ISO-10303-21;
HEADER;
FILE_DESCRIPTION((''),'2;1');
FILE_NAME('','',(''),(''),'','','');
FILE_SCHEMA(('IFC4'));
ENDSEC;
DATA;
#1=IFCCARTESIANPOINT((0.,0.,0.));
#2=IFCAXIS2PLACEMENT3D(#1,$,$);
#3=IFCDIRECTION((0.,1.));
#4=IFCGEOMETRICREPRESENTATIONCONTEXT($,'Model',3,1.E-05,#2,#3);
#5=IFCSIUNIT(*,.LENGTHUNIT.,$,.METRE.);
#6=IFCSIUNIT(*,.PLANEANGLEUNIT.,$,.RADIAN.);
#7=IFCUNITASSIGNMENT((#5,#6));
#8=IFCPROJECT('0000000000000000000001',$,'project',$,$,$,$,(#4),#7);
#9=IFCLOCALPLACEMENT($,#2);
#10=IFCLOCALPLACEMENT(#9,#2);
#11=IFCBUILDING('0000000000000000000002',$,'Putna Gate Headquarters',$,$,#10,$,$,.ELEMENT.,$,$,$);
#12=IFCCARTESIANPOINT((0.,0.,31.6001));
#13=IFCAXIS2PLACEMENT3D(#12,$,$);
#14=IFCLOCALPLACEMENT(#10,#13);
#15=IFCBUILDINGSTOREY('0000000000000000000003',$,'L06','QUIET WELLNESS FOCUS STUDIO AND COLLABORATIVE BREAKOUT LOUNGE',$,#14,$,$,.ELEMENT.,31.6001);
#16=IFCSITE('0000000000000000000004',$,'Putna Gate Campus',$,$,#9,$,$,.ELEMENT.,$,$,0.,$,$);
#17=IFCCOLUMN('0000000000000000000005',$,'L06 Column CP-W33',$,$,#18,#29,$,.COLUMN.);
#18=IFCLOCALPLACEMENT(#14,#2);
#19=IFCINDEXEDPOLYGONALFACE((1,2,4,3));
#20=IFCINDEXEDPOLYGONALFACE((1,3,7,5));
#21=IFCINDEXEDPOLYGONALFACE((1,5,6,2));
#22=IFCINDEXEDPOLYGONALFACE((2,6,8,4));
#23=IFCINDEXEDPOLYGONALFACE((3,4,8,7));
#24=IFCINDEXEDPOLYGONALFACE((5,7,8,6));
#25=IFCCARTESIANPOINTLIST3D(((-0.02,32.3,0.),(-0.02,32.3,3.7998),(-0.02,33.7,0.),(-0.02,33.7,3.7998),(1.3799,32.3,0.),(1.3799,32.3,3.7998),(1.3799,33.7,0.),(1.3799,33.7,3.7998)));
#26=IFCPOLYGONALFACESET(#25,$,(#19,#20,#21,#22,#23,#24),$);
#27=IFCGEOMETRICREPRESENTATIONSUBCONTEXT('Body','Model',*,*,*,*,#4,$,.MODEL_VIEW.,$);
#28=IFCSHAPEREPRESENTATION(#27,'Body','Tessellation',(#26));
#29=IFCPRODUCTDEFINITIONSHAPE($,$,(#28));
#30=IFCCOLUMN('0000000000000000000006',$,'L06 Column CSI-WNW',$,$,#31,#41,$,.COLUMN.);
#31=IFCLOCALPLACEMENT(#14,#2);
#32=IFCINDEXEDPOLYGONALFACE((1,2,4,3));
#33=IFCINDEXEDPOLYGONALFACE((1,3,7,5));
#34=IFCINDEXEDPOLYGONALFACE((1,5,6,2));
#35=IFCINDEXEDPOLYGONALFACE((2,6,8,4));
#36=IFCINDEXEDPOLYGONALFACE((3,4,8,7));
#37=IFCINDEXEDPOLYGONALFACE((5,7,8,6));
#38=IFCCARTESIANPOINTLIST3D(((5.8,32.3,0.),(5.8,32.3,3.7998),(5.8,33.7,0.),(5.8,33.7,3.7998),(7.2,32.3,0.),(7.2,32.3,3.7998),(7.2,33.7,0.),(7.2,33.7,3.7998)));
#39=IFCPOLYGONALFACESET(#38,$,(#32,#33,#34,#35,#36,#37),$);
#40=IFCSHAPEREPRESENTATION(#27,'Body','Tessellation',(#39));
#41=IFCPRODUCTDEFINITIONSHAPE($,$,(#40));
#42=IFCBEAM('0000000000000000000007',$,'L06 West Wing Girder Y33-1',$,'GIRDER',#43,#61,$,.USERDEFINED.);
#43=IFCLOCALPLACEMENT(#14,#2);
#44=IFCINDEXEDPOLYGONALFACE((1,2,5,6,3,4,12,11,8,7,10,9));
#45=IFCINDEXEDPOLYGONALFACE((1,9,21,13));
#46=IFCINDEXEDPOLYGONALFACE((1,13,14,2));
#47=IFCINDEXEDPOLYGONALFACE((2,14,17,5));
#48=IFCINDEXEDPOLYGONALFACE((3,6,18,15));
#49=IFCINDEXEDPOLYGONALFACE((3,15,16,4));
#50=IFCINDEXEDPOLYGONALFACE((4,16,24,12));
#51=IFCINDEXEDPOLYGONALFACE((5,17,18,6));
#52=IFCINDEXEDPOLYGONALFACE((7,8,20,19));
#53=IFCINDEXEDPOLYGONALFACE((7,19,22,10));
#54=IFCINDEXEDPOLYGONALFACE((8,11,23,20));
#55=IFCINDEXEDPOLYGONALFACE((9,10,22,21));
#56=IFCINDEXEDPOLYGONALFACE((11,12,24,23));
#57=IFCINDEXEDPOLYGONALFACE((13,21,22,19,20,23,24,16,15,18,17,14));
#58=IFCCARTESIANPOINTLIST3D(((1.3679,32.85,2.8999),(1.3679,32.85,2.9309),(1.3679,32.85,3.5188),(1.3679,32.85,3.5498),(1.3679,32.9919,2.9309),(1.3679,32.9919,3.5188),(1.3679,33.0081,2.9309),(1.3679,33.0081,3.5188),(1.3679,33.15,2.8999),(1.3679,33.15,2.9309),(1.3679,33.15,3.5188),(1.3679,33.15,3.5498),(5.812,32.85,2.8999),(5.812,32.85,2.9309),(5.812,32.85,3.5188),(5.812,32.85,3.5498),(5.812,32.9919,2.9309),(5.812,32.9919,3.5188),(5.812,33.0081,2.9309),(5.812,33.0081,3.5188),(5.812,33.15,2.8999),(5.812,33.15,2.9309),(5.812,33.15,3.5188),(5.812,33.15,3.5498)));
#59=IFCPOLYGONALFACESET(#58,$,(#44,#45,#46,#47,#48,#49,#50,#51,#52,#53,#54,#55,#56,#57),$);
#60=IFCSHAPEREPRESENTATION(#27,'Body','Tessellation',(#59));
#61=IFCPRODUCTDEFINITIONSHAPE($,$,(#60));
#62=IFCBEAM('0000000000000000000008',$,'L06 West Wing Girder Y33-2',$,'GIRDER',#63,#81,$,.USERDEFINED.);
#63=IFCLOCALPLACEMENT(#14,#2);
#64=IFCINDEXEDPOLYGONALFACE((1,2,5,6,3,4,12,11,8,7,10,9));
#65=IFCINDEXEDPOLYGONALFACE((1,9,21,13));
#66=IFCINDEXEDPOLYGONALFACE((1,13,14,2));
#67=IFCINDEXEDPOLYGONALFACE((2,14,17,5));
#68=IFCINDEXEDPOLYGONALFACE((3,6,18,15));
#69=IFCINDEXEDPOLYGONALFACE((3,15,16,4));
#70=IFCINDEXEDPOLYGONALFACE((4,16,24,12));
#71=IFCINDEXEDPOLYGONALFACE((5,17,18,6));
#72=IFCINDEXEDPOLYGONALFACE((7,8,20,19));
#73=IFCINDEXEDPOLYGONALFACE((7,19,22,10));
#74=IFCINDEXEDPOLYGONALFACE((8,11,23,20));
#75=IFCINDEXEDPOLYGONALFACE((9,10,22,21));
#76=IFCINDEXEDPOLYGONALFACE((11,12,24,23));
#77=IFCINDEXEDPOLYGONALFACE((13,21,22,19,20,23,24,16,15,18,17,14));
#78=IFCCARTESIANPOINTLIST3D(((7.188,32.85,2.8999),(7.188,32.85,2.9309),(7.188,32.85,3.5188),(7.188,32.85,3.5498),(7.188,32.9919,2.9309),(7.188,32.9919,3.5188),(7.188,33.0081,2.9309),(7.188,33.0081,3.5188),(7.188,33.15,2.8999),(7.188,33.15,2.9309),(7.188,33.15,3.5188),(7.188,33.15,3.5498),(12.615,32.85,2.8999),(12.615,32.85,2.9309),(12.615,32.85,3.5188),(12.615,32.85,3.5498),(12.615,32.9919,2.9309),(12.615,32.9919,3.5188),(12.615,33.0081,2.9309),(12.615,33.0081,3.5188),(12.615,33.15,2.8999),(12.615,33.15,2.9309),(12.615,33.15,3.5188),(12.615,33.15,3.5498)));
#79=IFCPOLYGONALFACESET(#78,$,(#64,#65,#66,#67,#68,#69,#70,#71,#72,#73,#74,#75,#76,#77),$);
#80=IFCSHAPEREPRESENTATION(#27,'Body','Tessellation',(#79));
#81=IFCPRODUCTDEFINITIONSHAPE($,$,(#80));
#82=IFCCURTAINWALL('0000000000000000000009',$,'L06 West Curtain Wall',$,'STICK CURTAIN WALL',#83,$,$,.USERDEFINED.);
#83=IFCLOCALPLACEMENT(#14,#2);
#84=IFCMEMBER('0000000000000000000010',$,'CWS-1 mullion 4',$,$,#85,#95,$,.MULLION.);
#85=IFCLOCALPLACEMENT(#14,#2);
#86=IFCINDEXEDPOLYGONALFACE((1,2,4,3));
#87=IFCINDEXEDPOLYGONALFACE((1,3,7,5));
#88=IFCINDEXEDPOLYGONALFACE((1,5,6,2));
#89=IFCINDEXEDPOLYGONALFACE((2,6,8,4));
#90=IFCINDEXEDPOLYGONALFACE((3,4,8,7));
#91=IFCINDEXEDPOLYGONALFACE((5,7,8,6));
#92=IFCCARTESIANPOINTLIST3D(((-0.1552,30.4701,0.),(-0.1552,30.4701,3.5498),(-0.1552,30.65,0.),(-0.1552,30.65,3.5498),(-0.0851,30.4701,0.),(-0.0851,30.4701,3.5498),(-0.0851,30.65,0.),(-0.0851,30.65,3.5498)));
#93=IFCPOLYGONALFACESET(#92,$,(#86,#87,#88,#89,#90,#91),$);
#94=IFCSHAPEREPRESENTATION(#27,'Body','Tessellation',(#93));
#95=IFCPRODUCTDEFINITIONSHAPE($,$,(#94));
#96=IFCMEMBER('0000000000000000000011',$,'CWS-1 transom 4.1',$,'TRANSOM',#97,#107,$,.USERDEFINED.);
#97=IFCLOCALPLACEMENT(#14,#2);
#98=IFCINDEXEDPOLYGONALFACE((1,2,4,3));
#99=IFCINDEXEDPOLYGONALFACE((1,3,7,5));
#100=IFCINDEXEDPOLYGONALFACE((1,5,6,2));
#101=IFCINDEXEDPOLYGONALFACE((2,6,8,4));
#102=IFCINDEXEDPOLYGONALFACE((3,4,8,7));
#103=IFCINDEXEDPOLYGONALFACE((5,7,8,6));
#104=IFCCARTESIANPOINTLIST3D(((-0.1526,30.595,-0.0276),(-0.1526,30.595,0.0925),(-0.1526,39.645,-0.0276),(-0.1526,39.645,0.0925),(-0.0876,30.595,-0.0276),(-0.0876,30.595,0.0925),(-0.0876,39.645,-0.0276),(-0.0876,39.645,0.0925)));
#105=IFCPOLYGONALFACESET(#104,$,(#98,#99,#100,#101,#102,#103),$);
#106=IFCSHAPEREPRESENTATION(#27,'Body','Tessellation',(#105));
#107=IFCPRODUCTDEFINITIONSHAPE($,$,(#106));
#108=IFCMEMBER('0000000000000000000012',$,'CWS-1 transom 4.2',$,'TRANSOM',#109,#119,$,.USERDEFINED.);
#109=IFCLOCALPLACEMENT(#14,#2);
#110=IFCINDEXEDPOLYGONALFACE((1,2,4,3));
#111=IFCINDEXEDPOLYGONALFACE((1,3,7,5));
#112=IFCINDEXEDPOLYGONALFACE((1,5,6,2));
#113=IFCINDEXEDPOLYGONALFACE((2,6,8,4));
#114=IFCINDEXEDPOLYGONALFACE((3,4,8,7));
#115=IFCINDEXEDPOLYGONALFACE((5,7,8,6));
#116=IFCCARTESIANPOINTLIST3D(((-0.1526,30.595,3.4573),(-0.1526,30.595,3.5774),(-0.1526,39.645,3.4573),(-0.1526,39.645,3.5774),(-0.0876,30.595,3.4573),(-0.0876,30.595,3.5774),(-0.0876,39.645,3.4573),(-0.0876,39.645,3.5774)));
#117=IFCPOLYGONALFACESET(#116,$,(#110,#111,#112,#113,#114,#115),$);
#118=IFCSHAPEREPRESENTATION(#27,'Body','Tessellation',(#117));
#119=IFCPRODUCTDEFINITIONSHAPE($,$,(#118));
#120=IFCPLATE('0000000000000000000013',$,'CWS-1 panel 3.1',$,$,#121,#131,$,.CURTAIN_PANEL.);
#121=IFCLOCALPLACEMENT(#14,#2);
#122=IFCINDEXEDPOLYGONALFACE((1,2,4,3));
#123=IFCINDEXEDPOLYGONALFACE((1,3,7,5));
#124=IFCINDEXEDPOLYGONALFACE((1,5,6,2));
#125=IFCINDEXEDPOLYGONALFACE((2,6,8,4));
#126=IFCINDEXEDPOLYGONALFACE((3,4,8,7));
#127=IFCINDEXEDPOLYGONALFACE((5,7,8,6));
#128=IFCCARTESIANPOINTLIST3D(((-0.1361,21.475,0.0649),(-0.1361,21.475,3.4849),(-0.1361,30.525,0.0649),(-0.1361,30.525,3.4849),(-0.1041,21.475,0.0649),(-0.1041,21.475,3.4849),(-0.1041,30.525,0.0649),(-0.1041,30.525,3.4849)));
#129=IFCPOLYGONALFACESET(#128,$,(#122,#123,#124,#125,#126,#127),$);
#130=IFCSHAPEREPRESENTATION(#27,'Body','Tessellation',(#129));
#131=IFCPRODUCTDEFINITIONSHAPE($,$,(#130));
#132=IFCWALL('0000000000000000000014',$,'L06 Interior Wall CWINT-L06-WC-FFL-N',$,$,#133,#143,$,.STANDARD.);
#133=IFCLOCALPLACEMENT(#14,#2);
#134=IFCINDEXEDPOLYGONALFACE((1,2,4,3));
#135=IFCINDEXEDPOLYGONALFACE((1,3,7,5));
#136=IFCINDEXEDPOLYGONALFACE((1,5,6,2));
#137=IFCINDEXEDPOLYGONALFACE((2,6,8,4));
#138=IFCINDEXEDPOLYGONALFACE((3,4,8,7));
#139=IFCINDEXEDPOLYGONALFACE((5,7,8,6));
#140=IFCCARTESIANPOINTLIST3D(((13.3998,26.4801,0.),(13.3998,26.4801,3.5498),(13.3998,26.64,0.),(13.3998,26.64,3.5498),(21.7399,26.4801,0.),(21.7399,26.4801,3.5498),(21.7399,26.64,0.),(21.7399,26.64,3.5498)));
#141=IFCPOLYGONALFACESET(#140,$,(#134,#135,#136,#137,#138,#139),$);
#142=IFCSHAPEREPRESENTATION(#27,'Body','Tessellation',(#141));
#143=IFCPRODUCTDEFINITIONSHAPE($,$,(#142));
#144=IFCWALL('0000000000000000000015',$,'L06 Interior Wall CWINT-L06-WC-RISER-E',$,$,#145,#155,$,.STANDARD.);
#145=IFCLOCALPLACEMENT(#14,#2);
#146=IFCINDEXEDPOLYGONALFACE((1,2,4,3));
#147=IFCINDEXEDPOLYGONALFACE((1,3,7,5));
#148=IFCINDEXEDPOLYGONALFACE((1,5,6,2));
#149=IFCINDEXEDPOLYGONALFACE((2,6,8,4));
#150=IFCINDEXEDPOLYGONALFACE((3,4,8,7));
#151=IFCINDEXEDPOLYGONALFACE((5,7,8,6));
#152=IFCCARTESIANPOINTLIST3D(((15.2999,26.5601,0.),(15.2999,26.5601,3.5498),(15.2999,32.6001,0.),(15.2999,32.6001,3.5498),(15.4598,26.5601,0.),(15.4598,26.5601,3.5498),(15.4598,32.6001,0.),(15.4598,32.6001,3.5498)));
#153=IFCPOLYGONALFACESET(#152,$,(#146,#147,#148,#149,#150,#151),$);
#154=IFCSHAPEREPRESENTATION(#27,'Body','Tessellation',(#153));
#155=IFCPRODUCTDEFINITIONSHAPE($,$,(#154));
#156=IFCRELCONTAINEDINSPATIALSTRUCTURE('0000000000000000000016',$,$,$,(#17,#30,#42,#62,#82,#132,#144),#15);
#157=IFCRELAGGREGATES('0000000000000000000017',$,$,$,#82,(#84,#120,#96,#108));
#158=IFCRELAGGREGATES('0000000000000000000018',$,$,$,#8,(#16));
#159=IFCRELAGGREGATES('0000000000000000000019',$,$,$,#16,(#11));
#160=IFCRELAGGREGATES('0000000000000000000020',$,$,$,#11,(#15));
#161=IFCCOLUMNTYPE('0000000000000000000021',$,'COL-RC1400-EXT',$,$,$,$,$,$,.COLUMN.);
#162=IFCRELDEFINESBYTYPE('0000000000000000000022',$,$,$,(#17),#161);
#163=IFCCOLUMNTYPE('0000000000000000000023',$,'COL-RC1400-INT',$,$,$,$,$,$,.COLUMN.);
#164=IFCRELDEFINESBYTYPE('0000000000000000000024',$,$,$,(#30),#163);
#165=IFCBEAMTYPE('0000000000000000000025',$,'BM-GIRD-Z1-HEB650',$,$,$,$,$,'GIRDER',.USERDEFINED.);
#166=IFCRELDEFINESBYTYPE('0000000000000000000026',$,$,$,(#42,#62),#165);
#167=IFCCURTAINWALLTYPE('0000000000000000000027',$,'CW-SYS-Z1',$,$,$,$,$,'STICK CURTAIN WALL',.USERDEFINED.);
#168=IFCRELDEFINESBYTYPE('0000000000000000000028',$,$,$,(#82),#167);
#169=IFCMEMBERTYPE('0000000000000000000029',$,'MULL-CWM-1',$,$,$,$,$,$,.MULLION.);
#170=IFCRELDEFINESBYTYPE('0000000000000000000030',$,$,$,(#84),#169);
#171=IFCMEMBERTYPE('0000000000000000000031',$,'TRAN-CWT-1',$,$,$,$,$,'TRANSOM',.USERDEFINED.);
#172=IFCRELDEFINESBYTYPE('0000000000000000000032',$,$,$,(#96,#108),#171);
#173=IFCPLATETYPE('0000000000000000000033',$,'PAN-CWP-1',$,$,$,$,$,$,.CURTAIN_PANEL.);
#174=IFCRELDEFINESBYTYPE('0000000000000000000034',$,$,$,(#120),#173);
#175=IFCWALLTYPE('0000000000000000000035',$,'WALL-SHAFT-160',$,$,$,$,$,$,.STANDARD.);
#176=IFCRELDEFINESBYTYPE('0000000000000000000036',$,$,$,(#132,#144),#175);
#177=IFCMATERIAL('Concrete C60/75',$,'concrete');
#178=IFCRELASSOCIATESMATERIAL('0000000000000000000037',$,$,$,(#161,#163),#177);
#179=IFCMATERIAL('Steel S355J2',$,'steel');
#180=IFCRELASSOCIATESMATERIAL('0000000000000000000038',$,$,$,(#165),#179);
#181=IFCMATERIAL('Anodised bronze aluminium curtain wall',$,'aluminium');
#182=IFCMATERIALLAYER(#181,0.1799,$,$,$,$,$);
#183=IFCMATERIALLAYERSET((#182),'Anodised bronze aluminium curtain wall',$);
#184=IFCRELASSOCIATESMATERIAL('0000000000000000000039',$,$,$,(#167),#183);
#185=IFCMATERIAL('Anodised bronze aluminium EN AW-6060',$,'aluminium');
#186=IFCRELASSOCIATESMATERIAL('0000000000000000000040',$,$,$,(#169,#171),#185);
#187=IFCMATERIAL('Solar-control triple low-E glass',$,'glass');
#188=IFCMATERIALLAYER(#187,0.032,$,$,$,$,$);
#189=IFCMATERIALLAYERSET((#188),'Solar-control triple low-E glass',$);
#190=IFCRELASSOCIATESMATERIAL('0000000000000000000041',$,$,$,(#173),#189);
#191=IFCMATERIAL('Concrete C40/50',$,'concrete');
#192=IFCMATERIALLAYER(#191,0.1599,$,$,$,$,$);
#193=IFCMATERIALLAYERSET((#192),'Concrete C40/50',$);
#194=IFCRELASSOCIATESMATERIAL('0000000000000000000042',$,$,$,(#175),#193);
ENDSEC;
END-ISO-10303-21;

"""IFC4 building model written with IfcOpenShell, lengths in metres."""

from ifc_helpers import new_model, si_unit, direction, frame, frame_2d, origin, origin_2d, place, context, subcontext, project, spatial, rectangle, i_section, extrude, material, layer, layer_set, material_profile, profile_set, type_object, element, aggregate, save


model = new_model("IFC4")

# Units and contexts
model_context = context("Model", 3, precision=1e-05, world=origin(), true_north=direction((0.0, 1.0)))
body_context = subcontext(model_context, "Body", "Model", "MODEL_VIEW")
ifc_project = project(units=[si_unit("LENGTHUNIT", "METRE"), si_unit("PLANEANGLEUNIT", "RADIAN")], contexts=[model_context])

# Site, building, storey
site_placement = place(None, origin())
site = spatial("IfcSite", under=ifc_project, at=site_placement, Name="Putna Gate Campus", CompositionType="ELEMENT", RefElevation=0.0)
building_placement = place(site_placement, origin())
building = spatial("IfcBuilding", under=site, at=building_placement, Name="Putna Gate Headquarters", CompositionType="ELEMENT")
storey_placement = place(building_placement, frame((0.0, 0.0, 31.6001)))
storey = spatial("IfcBuildingStorey", under=building, at=storey_placement, Name="L06", Description="QUIET WELLNESS FOCUS STUDIO AND COLLABORATIVE BREAKOUT LOUNGE", CompositionType="ELEMENT", Elevation=31.6001)

# Columns
ifc_material_1 = material(Name="Concrete C60/75", Category="concrete")
ifc_material_profile_1 = material_profile(ifc_material_1, rectangle(XDim=1.3999, YDim=1.3999, at=origin_2d()), Name="Concrete C60/75")
ifc_profile_set_1 = profile_set([ifc_material_profile_1], Name="Concrete C60/75")
column_type_1 = type_object("IfcColumnType", Name="COL-RC1400-EXT", PredefinedType="COLUMN", material=ifc_profile_set_1)
column_1_placement = place(storey_placement, frame((0.6799, 33.0, 0.0), z_axis=(0.0, 0.0, 1.0), x_axis=(1.0, 0.0, 0.0)))
element("IfcColumn", 1, at=column_1_placement, inside=storey, type_object=column_type_1, Name="L06 Column CP-W33", PredefinedType="COLUMN", context=body_context, shape_type="SweptSolid", body=[
    extrude(rectangle(XDim=1.3999, YDim=1.3999, at=origin_2d()), origin(), (0.0, 0.0, 1.0), 3.7998),
])
ifc_material_profile_2 = material_profile(ifc_material_1, rectangle(XDim=1.3999, YDim=1.3999, at=origin_2d()), Name="Concrete C60/75")
ifc_profile_set_2 = profile_set([ifc_material_profile_2], Name="Concrete C60/75")
column_type_2 = type_object("IfcColumnType", Name="COL-RC1400-INT", PredefinedType="COLUMN", material=ifc_profile_set_2)
column_2_placement = place(storey_placement, frame((6.5, 33.0, 0.0), z_axis=(0.0, 0.0, 1.0), x_axis=(1.0, 0.0, 0.0)))
element("IfcColumn", 2, at=column_2_placement, inside=storey, type_object=column_type_2, Name="L06 Column CSI-WNW", PredefinedType="COLUMN", context=body_context, shape_type="SweptSolid", body=[
    extrude(rectangle(XDim=1.3999, YDim=1.3999, at=origin_2d()), origin(), (0.0, 0.0, 1.0), 3.7998),
])

# Beams
ifc_material_2 = material(Name="Steel S355J2", Category="steel")
ifc_material_profile_3 = material_profile(ifc_material_2, i_section(OverallWidth=0.3, OverallDepth=0.6499, WebThickness=0.0161, FlangeThickness=0.031, at=origin_2d()), Name="Steel S355J2")
ifc_profile_set_3 = profile_set([ifc_material_profile_3], Name="Steel S355J2")
beam_type = type_object("IfcBeamType", Name="BM-GIRD-Z1-HEB650", ElementType="GIRDER", PredefinedType="USERDEFINED", material=ifc_profile_set_3)
beam_1_placement = place(storey_placement, frame((1.3679, 33.0, 3.2249), z_axis=(1.0, 0.0, 0.0), x_axis=(0.0, 1.0, 0.0)))
element("IfcBeam", 3, at=beam_1_placement, inside=storey, type_object=beam_type, Name="L06 West Wing Girder Y33-1", ObjectType="GIRDER", PredefinedType="USERDEFINED", context=body_context, shape_type="SweptSolid", body=[
    extrude(i_section(OverallWidth=0.3, OverallDepth=0.6499, WebThickness=0.0161, FlangeThickness=0.031, at=origin_2d()), origin(), (0.0, 0.0, 1.0), 4.4441),
])
beam_2_placement = place(storey_placement, frame((7.188, 33.0, 3.2249), z_axis=(1.0, 0.0, 0.0), x_axis=(0.0, 1.0, 0.0)))
element("IfcBeam", 4, at=beam_2_placement, inside=storey, type_object=beam_type, Name="L06 West Wing Girder Y33-2", ObjectType="GIRDER", PredefinedType="USERDEFINED", context=body_context, shape_type="SweptSolid", body=[
    extrude(i_section(OverallWidth=0.3, OverallDepth=0.6499, WebThickness=0.0161, FlangeThickness=0.031, at=origin_2d()), origin(), (0.0, 0.0, 1.0), 5.427),
])

# Curtain wall, members, plate
ifc_material_3 = material(Name="Anodised bronze aluminium curtain wall", Category="aluminium")
ifc_layer_1 = layer(ifc_material_3, 0.1799)
ifc_layer_set_1 = layer_set([ifc_layer_1], Name="Anodised bronze aluminium curtain wall")
curtain_wall_type = type_object("IfcCurtainWallType", Name="CW-SYS-Z1", ElementType="STICK CURTAIN WALL", PredefinedType="USERDEFINED", material=ifc_layer_set_1)
curtain_wall_placement = place(storey_placement, origin())
curtain_wall = element("IfcCurtainWall", 5, at=curtain_wall_placement, inside=storey, type_object=curtain_wall_type, Name="L06 West Curtain Wall", ObjectType="STICK CURTAIN WALL", PredefinedType="USERDEFINED")
ifc_material_4 = material(Name="Anodised bronze aluminium EN AW-6060", Category="aluminium")
ifc_material_profile_4 = material_profile(ifc_material_4, rectangle(XDim=0.0701, YDim=0.1799, at=origin_2d()), Name="Anodised bronze aluminium EN AW-6060")
ifc_profile_set_4 = profile_set([ifc_material_profile_4], Name="Anodised bronze aluminium EN AW-6060")
member_type_1 = type_object("IfcMemberType", Name="MULL-CWM-1", PredefinedType="MULLION", material=ifc_profile_set_4)
member_1_placement = place(storey_placement, frame((-0.1201, 30.5601, 0.0), z_axis=(0.0, 0.0, 1.0), x_axis=(-1.0, 0.0, 0.0)))
member_1 = element("IfcMember", 6, at=member_1_placement, type_object=member_type_1, Name="CWS-1 mullion 4", PredefinedType="MULLION", context=body_context, shape_type="SweptSolid", body=[
    extrude(rectangle(XDim=0.0701, YDim=0.1799, at=origin_2d()), origin(), (0.0, 0.0, 1.0), 3.5498),
])
ifc_material_profile_5 = material_profile(ifc_material_4, rectangle(XDim=0.0649, YDim=0.1201, at=origin_2d()), Name="Anodised bronze aluminium EN AW-6060")
ifc_profile_set_5 = profile_set([ifc_material_profile_5], Name="Anodised bronze aluminium EN AW-6060")
member_type_2 = type_object("IfcMemberType", Name="TRAN-CWT-1", ElementType="TRANSOM", PredefinedType="USERDEFINED", material=ifc_profile_set_5)
member_2_placement = place(storey_placement, frame((-0.1201, 30.595, 0.0325), z_axis=(0.0, 1.0, 0.0), x_axis=(-1.0, 0.0, 0.0)))
member_2 = element("IfcMember", 7, at=member_2_placement, type_object=member_type_2, Name="CWS-1 transom 4.1", ObjectType="TRANSOM", PredefinedType="USERDEFINED", context=body_context, shape_type="SweptSolid", body=[
    extrude(rectangle(XDim=0.0649, YDim=0.1201, at=origin_2d()), origin(), (0.0, 0.0, 1.0), 9.05),
])
member_3_placement = place(storey_placement, frame((-0.1201, 30.595, 3.5173), z_axis=(0.0, 1.0, 0.0), x_axis=(-1.0, 0.0, 0.0)))
member_3 = element("IfcMember", 8, at=member_3_placement, type_object=member_type_2, Name="CWS-1 transom 4.2", ObjectType="TRANSOM", PredefinedType="USERDEFINED", context=body_context, shape_type="SweptSolid", body=[
    extrude(rectangle(XDim=0.0649, YDim=0.1201, at=origin_2d()), origin(), (0.0, 0.0, 1.0), 9.05),
])
ifc_material_5 = material(Name="Solar-control triple low-E glass", Category="glass")
ifc_layer_2 = layer(ifc_material_5, 0.032)
ifc_layer_set_2 = layer_set([ifc_layer_2], Name="Solar-control triple low-E glass")
plate_type = type_object("IfcPlateType", Name="PAN-CWP-1", PredefinedType="CURTAIN_PANEL", material=ifc_layer_set_2)
plate_placement = place(storey_placement, frame((-0.1201, 26.0, 0.0649), z_axis=(0.0, 0.0, 1.0), x_axis=(0.0, 1.0, 0.0)))
plate = element("IfcPlate", 9, at=plate_placement, type_object=plate_type, Name="CWS-1 panel 3.1", PredefinedType="CURTAIN_PANEL", context=body_context, shape_type="SweptSolid", body=[
    extrude(rectangle(XDim=9.05, YDim=0.032, at=origin_2d()), origin(), (0.0, 0.0, 1.0), 3.4199),
])
aggregate(curtain_wall, [member_1, plate, member_2, member_3])

# Walls
ifc_material_6 = material(Name="Concrete C40/50", Category="concrete")
ifc_layer_3 = layer(ifc_material_6, 0.1599)
ifc_layer_set_3 = layer_set([ifc_layer_3], Name="Concrete C40/50")
wall_type_1 = type_object("IfcWallType", Name="WALL-SHAFT-160", PredefinedType="STANDARD", material=ifc_layer_set_3)
wall_1_placement = place(storey_placement, frame((13.3999, 26.5601, 0.0), z_axis=(0.0, 0.0, 1.0), x_axis=(1.0, 0.0, 0.0)))
element("IfcWall", 10, at=wall_1_placement, inside=storey, type_object=wall_type_1, Name="L06 Interior Wall CWINT-L06-WC-FFL-N", PredefinedType="STANDARD", context=body_context, shape_type="SweptSolid", body=[
    extrude(rectangle(XDim=8.3401, YDim=0.1599, at=frame_2d((4.1699, 0.0))), origin(), (0.0, 0.0, 1.0), 3.5498),
])
wall_2_placement = place(storey_placement, frame((15.3799, 26.5601, 0.0), z_axis=(0.0, 0.0, 1.0), x_axis=(0.0, 1.0, 0.0)))
element("IfcWall", 11, at=wall_2_placement, inside=storey, type_object=wall_type_1, Name="L06 Interior Wall CWINT-L06-WC-RISER-E", PredefinedType="STANDARD", context=body_context, shape_type="SweptSolid", body=[
    extrude(rectangle(XDim=6.04, YDim=0.1599, at=frame_2d((3.02, 0.0))), origin(), (0.0, 0.0, 1.0), 3.5498),
])

save(model, "model.ifc")
